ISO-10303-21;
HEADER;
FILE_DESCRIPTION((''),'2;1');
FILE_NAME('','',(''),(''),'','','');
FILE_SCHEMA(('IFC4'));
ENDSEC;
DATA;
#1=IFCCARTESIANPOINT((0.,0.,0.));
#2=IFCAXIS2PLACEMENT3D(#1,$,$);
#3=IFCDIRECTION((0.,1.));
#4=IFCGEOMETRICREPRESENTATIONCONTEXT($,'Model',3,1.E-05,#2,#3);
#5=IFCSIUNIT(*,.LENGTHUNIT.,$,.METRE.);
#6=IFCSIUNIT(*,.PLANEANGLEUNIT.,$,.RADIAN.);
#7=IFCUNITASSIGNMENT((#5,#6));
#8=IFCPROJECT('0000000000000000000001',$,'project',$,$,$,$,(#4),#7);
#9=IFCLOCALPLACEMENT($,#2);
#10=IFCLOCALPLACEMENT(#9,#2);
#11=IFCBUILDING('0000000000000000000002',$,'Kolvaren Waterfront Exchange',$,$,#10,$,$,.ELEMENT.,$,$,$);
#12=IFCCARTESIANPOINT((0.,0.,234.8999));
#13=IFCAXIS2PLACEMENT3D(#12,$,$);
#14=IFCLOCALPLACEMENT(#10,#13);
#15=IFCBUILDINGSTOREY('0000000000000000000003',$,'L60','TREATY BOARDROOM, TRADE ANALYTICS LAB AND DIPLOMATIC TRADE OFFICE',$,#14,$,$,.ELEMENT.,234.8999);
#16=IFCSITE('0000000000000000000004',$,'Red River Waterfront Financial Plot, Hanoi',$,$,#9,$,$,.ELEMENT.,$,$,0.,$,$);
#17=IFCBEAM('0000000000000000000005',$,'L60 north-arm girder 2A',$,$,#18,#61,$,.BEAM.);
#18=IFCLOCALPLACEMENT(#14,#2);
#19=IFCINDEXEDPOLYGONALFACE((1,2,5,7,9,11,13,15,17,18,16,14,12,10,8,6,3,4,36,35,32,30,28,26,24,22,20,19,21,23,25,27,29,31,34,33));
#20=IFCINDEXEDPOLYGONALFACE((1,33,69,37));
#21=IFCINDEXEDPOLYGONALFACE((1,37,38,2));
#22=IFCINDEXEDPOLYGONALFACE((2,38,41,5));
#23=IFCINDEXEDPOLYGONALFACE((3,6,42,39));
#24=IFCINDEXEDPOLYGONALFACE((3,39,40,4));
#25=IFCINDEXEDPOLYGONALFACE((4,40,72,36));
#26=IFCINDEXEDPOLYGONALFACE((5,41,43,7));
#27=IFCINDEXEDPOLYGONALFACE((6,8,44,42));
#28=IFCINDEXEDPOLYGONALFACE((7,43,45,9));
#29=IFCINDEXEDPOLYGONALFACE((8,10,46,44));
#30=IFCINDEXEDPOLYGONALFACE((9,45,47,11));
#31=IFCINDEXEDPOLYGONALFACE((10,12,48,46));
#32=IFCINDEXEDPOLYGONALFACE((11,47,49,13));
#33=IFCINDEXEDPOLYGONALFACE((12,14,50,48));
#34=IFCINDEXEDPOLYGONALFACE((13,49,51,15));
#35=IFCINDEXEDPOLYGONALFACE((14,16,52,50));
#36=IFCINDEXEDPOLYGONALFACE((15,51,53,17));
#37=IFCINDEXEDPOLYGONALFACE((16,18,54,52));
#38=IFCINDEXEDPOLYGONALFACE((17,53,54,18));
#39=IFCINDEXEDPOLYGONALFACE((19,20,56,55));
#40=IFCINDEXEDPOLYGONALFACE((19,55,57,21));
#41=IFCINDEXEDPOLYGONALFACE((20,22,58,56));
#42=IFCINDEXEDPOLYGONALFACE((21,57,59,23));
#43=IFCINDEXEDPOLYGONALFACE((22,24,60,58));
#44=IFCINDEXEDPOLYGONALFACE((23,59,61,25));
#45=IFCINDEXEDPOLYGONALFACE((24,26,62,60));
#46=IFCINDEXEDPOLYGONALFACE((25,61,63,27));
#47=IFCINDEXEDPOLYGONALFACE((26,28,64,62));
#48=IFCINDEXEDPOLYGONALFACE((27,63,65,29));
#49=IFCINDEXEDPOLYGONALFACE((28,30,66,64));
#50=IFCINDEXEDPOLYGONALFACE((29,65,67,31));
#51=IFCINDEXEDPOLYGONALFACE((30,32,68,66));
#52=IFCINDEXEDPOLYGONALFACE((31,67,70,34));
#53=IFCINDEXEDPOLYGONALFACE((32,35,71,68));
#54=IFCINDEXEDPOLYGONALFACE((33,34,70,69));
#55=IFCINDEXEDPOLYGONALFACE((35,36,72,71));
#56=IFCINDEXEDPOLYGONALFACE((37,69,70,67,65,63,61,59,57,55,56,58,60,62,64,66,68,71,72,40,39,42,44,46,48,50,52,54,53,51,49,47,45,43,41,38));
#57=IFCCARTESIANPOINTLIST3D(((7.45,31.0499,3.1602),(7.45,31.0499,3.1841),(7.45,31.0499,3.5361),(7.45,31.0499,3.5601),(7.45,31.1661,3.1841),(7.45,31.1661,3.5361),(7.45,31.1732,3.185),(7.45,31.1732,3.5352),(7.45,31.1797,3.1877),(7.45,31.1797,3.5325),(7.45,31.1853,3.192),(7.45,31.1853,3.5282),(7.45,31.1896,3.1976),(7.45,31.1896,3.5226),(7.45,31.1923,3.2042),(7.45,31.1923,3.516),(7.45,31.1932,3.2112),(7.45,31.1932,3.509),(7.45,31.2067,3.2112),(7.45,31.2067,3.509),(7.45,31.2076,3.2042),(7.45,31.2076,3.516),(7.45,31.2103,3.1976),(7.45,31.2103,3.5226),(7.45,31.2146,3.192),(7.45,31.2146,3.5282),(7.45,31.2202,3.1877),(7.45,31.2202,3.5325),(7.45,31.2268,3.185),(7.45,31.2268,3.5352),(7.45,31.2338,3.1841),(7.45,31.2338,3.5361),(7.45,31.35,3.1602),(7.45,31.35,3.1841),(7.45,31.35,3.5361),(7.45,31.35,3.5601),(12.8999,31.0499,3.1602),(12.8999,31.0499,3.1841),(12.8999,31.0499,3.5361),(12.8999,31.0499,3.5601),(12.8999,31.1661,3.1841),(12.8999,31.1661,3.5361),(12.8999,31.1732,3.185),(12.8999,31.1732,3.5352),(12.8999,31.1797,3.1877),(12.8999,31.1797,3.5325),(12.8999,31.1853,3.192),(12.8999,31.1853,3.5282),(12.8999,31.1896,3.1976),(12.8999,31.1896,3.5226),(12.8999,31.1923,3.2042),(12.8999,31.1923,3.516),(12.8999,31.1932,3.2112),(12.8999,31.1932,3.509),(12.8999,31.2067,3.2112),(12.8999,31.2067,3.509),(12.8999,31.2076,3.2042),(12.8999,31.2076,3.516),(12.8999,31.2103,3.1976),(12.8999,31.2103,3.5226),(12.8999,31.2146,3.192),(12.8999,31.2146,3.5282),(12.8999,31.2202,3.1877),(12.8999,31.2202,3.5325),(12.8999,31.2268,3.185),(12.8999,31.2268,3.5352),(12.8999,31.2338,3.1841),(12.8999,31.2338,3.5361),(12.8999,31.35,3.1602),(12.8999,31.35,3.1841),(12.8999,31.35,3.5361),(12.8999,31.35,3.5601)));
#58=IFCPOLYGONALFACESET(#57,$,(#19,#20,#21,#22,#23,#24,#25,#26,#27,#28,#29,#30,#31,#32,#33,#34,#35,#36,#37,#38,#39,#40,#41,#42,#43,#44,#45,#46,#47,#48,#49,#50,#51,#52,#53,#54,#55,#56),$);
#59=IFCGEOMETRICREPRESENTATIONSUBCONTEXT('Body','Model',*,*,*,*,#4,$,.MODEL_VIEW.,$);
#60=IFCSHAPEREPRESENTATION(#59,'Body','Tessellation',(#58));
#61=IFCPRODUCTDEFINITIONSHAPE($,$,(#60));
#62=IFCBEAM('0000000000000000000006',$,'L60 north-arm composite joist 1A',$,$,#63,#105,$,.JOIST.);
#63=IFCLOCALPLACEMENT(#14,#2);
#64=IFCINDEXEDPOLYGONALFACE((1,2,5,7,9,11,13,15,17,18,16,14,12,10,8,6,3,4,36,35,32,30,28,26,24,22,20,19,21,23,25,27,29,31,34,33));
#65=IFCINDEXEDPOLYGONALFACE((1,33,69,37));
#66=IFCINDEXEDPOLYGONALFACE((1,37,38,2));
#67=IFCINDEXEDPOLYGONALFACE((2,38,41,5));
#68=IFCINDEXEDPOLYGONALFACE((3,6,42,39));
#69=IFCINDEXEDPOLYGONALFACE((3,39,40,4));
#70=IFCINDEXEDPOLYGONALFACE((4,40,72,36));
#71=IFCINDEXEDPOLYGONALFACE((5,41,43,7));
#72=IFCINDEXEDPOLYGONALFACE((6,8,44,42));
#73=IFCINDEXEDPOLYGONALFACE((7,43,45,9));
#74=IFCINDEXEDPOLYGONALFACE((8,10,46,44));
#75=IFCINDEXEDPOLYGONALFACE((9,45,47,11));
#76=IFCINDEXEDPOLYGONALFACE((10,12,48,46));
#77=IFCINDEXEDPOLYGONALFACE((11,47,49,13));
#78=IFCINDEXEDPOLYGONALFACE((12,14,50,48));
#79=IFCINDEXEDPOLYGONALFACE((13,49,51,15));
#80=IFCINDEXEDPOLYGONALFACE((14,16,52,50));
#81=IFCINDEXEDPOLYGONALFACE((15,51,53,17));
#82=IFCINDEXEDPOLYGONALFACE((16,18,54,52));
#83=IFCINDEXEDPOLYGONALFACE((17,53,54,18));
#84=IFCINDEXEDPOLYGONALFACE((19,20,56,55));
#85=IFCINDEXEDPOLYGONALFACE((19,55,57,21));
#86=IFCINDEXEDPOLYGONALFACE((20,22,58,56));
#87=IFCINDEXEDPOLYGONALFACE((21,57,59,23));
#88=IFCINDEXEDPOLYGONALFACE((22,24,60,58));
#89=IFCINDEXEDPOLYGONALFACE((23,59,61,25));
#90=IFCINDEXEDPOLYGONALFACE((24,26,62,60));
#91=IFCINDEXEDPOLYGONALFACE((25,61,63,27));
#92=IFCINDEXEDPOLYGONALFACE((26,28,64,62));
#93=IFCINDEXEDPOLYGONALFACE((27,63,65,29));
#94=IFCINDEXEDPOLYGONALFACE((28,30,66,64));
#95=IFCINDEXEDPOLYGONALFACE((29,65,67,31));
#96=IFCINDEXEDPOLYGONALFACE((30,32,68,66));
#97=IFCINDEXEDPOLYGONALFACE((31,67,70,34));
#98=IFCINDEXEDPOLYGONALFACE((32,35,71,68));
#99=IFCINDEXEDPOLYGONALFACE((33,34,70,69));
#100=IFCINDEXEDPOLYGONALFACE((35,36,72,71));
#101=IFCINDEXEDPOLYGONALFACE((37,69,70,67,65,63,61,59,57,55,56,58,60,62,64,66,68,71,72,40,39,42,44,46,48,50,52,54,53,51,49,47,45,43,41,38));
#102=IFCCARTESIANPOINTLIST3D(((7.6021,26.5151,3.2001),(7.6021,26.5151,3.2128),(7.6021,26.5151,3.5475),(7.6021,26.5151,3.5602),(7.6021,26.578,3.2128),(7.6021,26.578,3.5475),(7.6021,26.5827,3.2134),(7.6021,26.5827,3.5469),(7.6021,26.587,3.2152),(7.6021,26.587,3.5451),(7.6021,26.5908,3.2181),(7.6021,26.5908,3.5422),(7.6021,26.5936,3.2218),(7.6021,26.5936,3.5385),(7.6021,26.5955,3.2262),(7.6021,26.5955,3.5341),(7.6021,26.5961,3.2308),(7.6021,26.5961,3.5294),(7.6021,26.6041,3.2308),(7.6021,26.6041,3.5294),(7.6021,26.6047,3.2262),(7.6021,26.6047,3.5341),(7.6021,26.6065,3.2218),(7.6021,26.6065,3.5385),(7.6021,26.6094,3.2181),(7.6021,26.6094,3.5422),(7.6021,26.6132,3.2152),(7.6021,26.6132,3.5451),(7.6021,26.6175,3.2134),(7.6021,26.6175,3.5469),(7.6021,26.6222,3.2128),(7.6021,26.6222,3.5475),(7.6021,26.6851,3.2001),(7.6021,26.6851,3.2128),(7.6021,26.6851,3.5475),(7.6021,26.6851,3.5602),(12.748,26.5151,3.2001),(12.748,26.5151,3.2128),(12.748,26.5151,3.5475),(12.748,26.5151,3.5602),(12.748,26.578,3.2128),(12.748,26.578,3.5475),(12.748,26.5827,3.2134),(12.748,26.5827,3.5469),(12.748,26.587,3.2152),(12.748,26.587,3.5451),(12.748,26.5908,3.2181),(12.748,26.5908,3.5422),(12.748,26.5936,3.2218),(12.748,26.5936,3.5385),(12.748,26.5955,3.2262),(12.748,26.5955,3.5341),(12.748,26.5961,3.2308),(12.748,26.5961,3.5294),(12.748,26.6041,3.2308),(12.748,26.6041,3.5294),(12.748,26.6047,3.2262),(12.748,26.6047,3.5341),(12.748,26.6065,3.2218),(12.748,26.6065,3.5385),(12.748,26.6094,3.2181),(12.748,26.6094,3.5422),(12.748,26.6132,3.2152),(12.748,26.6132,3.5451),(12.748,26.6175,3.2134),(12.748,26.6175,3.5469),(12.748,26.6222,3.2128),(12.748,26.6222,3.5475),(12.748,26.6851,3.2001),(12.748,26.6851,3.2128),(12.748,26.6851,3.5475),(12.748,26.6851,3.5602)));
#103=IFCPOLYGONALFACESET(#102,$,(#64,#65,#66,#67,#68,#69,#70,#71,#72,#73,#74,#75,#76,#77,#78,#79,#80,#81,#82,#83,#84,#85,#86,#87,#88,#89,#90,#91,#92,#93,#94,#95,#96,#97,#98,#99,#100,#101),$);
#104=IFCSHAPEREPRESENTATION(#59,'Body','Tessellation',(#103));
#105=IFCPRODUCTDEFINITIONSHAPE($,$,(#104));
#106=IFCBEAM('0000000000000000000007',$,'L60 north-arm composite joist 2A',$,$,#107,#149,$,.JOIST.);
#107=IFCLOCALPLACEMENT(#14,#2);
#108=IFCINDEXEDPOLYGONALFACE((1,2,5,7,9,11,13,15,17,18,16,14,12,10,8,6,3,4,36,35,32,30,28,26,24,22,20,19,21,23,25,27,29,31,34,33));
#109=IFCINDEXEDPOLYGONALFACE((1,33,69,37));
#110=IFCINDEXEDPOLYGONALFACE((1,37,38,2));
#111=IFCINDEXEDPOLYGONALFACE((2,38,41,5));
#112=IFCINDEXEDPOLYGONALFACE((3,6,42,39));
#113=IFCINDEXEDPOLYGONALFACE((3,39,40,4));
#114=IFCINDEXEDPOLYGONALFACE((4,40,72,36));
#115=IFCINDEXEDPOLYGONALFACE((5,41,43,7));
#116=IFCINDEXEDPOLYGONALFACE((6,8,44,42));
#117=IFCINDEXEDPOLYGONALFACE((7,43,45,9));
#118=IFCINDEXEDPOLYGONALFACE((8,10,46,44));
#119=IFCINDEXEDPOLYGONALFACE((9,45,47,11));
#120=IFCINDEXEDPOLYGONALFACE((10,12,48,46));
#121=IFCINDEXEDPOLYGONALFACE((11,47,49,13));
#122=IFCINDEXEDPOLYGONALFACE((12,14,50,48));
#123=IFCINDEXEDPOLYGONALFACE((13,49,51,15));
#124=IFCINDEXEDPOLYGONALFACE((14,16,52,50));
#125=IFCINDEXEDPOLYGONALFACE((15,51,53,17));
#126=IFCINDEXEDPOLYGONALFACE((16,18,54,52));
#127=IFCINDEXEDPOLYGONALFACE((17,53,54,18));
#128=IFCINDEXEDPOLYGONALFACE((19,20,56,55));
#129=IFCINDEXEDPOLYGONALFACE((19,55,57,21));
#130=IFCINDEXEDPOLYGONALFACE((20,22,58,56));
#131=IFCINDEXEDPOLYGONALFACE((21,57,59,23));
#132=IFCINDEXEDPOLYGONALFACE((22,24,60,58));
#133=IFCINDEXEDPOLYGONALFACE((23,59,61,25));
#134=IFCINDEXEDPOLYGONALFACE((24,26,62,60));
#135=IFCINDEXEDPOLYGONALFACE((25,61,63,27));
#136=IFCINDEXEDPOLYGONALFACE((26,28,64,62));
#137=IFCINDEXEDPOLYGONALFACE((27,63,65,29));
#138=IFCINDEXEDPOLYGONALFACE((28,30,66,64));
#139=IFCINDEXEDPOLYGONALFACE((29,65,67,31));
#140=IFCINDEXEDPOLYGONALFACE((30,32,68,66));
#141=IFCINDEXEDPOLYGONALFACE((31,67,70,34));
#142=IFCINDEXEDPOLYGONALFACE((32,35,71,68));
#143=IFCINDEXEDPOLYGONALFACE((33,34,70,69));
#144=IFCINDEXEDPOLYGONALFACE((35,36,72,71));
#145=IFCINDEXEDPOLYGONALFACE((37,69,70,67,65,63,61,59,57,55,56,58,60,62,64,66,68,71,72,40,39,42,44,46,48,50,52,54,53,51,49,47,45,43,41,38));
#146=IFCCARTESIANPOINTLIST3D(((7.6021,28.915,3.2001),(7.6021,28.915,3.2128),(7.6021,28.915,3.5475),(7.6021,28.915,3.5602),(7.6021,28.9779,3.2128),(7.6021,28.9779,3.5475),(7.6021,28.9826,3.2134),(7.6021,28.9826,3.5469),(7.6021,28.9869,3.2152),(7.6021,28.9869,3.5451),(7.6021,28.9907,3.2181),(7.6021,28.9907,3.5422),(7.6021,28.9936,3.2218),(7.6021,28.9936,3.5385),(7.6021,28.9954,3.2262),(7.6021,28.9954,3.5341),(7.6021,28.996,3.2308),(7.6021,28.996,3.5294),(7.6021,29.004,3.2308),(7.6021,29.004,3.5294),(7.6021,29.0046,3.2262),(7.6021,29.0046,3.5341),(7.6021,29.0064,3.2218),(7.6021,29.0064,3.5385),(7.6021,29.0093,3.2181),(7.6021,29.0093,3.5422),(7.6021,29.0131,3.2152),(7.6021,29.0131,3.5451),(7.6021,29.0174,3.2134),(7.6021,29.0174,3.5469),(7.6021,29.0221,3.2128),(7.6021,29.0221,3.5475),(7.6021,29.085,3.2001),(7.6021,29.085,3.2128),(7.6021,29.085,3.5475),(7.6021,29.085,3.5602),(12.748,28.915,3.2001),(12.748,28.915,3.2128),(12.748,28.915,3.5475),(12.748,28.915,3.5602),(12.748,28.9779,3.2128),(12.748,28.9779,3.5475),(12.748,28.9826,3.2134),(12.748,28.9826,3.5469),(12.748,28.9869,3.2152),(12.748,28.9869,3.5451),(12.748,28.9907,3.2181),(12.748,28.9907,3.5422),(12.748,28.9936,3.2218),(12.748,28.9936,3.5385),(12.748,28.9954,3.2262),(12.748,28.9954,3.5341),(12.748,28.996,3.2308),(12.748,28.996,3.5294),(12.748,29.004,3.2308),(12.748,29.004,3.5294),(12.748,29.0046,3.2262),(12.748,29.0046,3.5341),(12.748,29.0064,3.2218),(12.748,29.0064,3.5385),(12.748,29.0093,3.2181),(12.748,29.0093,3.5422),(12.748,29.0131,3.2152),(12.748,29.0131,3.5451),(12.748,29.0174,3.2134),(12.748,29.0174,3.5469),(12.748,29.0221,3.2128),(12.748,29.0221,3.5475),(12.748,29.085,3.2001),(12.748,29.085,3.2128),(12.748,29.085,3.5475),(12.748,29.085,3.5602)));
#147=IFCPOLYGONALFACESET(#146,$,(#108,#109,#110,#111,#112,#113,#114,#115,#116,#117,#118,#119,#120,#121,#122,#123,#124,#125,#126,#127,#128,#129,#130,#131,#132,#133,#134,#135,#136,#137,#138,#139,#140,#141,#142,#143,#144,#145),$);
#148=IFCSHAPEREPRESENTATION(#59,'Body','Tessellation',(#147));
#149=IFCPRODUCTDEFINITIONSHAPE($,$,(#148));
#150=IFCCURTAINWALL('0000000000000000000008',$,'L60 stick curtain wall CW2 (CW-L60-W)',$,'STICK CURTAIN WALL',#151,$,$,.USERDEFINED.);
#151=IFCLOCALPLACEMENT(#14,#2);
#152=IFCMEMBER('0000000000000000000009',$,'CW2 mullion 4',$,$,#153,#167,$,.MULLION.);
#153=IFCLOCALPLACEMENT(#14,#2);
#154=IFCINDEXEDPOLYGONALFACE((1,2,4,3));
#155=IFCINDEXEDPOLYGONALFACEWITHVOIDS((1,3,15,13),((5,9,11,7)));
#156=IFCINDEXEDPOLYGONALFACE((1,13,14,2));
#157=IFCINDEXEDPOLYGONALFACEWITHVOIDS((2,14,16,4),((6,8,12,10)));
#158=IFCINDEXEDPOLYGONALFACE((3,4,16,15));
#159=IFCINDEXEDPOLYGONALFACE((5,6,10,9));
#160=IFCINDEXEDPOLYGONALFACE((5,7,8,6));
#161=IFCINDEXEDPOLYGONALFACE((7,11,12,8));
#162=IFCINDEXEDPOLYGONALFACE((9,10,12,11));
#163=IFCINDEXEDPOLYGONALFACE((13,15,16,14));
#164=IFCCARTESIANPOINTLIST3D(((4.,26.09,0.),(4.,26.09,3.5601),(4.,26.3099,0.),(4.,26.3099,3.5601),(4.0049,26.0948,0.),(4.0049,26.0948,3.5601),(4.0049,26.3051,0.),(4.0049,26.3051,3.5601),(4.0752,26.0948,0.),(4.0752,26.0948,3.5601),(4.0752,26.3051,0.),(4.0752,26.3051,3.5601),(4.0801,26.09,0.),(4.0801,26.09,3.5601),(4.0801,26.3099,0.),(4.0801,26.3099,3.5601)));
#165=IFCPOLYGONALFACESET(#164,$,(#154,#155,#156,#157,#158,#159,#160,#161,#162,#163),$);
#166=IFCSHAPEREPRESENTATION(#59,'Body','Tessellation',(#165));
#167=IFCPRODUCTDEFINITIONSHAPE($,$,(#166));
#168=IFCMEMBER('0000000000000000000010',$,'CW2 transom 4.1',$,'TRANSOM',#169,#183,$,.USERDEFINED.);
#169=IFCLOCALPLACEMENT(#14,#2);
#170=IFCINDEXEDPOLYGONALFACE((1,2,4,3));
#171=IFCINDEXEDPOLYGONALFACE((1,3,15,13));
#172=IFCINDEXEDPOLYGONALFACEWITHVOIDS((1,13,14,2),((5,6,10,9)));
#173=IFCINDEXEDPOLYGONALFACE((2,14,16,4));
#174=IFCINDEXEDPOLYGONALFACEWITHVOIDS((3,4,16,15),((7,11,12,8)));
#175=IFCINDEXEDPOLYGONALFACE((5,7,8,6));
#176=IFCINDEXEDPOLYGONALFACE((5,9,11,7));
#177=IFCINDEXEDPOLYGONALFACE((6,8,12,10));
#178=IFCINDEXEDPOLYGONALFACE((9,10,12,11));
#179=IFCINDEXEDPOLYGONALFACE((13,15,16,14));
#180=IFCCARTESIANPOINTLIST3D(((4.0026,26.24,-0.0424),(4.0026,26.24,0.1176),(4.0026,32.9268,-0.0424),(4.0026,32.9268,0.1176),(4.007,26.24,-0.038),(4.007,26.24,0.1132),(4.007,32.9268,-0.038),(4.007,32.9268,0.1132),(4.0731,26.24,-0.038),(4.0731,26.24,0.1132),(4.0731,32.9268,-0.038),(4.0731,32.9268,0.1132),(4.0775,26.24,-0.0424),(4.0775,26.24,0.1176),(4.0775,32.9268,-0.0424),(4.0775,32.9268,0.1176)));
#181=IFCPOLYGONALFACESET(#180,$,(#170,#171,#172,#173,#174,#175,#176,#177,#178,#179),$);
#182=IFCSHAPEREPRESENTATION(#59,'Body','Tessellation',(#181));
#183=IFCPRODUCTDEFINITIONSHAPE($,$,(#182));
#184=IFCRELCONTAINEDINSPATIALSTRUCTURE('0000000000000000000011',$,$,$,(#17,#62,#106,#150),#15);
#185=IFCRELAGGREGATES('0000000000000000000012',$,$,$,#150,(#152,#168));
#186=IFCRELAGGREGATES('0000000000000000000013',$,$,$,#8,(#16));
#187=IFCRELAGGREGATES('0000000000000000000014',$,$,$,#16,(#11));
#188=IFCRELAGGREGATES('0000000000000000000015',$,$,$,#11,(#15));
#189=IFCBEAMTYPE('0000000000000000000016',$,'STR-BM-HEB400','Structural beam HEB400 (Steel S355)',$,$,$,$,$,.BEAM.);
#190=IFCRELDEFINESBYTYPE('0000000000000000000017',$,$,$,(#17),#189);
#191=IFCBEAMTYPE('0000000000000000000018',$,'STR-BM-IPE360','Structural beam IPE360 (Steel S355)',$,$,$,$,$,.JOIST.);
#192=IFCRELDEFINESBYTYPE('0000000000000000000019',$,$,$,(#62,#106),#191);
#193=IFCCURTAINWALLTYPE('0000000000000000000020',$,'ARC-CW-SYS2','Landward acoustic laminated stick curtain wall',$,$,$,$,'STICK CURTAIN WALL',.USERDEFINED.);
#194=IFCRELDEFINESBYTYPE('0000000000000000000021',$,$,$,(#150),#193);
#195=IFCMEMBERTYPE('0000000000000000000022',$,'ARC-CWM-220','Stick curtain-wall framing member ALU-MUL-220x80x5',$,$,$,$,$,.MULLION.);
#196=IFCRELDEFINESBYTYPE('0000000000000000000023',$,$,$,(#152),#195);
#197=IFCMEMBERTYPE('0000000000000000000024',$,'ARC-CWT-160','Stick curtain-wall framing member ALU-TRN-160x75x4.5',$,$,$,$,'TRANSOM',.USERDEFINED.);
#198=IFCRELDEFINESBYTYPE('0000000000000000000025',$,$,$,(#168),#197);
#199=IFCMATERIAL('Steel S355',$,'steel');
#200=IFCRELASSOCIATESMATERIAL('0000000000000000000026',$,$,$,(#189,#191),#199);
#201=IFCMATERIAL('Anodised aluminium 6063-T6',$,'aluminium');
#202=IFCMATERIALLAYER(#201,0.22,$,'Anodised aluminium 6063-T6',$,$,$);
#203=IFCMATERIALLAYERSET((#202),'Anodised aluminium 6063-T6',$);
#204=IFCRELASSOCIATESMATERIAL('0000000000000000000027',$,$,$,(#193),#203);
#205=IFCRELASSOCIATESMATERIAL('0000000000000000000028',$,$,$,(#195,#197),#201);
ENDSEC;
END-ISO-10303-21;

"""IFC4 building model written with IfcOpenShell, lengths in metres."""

from ifc_helpers import new_model, si_unit, direction, frame, origin, origin_with_axes, origin_2d, place, context, subcontext, project, spatial, hollow_rectangle, i_section, extrude, source, transform, mapped, material, layer, layer_set, material_profile, profile_set, type_object, element, aggregate, save


model = new_model("IFC4")

# Units and contexts
model_context = context("Model", 3, precision=1e-05, world=origin(), true_north=direction((0.0, 1.0)))
body_context = subcontext(model_context, "Body", "Model", "MODEL_VIEW")
ifc_project = project(units=[si_unit("LENGTHUNIT", "METRE"), si_unit("PLANEANGLEUNIT", "RADIAN")], contexts=[model_context])

# Site, building, storey
site_placement = place(None, origin())
site = spatial("IfcSite", under=ifc_project, at=site_placement, Name="Red River Waterfront Financial Plot, Hanoi", CompositionType="ELEMENT", RefElevation=0.0)
building_placement = place(site_placement, origin())
building = spatial("IfcBuilding", under=site, at=building_placement, Name="Kolvaren Waterfront Exchange", CompositionType="ELEMENT")
storey_placement = place(building_placement, frame((0.0, 0.0, 234.8999)))
storey = spatial("IfcBuildingStorey", under=building, at=storey_placement, Name="L60", Description="TREATY BOARDROOM, TRADE ANALYTICS LAB AND DIPLOMATIC TRADE OFFICE", CompositionType="ELEMENT", Elevation=234.8999)

# Beams
ifc_material_1 = material(Name="Steel S355", Category="steel")
ifc_material_profile_1 = material_profile(ifc_material_1, i_section(OverallWidth=0.3, OverallDepth=0.3999, WebThickness=0.0134, FlangeThickness=0.0239, FilletRadius=0.0271, at=origin_2d()), Name="HEB400")
ifc_profile_set_1 = profile_set([ifc_material_profile_1], Name="Steel S355")
beam_type_1 = type_object("IfcBeamType", Name="STR-BM-HEB400", Description="Structural beam HEB400 (Steel S355)", PredefinedType="BEAM", material=ifc_profile_set_1)
for number, where, z_axis, x_axis, name in (
    (1, (7.45, 31.2, 3.3601), (1.0, 0.0, 0.0), (0.0, 1.0, 0.0), "L60 north-arm girder 2A"),
):
    element("IfcBeam", number, at=place(storey_placement, frame(where, z_axis=z_axis, x_axis=x_axis)), inside=storey, type_object=beam_type_1, Name=name, PredefinedType="BEAM", context=body_context, shape_type="SweptSolid", body=[
        extrude(i_section(OverallWidth=0.3, OverallDepth=0.3999, WebThickness=0.0134, FlangeThickness=0.0239, FilletRadius=0.0271, at=origin_2d()), origin(), (0.0, 0.0, 1.0), 5.45),
    ])
ifc_material_profile_2 = material_profile(ifc_material_1, i_section(OverallWidth=0.1699, OverallDepth=0.3601, WebThickness=0.0081, FlangeThickness=0.0127, FilletRadius=0.0181, at=origin_2d()), Name="IPE360")
ifc_profile_set_2 = profile_set([ifc_material_profile_2], Name="Steel S355")
beam_type_2 = type_object("IfcBeamType", Name="STR-BM-IPE360", Description="Structural beam IPE360 (Steel S355)", PredefinedType="JOIST", material=ifc_profile_set_2)
for number, where, z_axis, x_axis, name in (
    (2, (7.6021, 26.6001, 3.3801), (1.0, 0.0, 0.0), (0.0, 1.0, 0.0), "L60 north-arm composite joist 1A"),
    (3, (7.6021, 29.0, 3.3801), (1.0, 0.0, 0.0), (0.0, 1.0, 0.0), "L60 north-arm composite joist 2A"),
):
    element("IfcBeam", number, at=place(storey_placement, frame(where, z_axis=z_axis, x_axis=x_axis)), inside=storey, type_object=beam_type_2, Name=name, PredefinedType="JOIST", context=body_context, shape_type="SweptSolid", body=[
        extrude(i_section(OverallWidth=0.1699, OverallDepth=0.3601, WebThickness=0.0081, FlangeThickness=0.0127, FilletRadius=0.0181, at=origin_2d()), origin(), (0.0, 0.0, 1.0), 5.146),
    ])

# Curtain wall, members
ifc_material_2 = material(Name="Anodised aluminium 6063-T6", Category="aluminium")
ifc_layer_1 = layer(ifc_material_2, 0.22, Name="Anodised aluminium 6063-T6")
ifc_layer_set_1 = layer_set([ifc_layer_1], Name="Anodised aluminium 6063-T6")
curtain_wall_type = type_object("IfcCurtainWallType", Name="ARC-CW-SYS2", Description="Landward acoustic laminated stick curtain wall", ElementType="STICK CURTAIN WALL", PredefinedType="USERDEFINED", material=ifc_layer_set_1)
curtain_wall_placement = place(storey_placement, origin())
curtain_wall = element("IfcCurtainWall", 4, at=curtain_wall_placement, inside=storey, type_object=curtain_wall_type, Name="L60 stick curtain wall CW2 (CW-L60-W)", ObjectType="STICK CURTAIN WALL", PredefinedType="USERDEFINED")
ifc_material_profile_3 = material_profile(ifc_material_2, hollow_rectangle(XDim=0.0801, YDim=0.22, WallThickness=0.0049, at=origin_2d()), Name="ALU-MUL-220x80x5")
ifc_profile_set_3 = profile_set([ifc_material_profile_3], Name="Anodised aluminium 6063-T6")
member_type_1 = type_object("IfcMemberType", Name="ARC-CWM-220", Description="Stick curtain-wall framing member ALU-MUL-220x80x5", PredefinedType="MULLION", material=ifc_profile_set_3)
shared_shape_1 = source(origin_with_axes(), body_context, "Body", "SweptSolid", [
    extrude(hollow_rectangle(XDim=0.0801, YDim=0.22, WallThickness=0.0049, at=origin_2d()), origin(), (0.0, 0.0, 1.0), 3.5601),
])
member_1_placement = place(storey_placement, frame((4.04, 26.2, 0.0), z_axis=(0.0, 0.0, 1.0), x_axis=(-1.0, 0.0, 0.0)))
member_1 = element("IfcMember", 5, at=member_1_placement, type_object=member_type_1, Name="CW2 mullion 4", PredefinedType="MULLION", context=body_context, shape_type="MappedRepresentation", body=[
    mapped(shared_shape_1, transform((0.0, 0.0, 0.0), x_axis=(1.0, 0.0, 0.0), y_axis=(0.0, 1.0, 0.0), z_axis=(0.0, 0.0, 1.0), scale=1.0)),
])
ifc_material_profile_4 = material_profile(ifc_material_2, hollow_rectangle(XDim=0.075, YDim=0.1599, WallThickness=0.0044, at=origin_2d()), Name="ALU-TRN-160x75x4.5")
ifc_profile_set_4 = profile_set([ifc_material_profile_4], Name="Anodised aluminium 6063-T6")
member_type_2 = type_object("IfcMemberType", Name="ARC-CWT-160", Description="Stick curtain-wall framing member ALU-TRN-160x75x4.5", ElementType="TRANSOM", PredefinedType="USERDEFINED", material=ifc_profile_set_4)
shared_shape_2 = source(origin_with_axes(), body_context, "Body", "SweptSolid", [
    extrude(hollow_rectangle(XDim=0.075, YDim=0.1599, WallThickness=0.0044, at=origin_2d()), origin(), (0.0, 0.0, 1.0), 6.6868),
])
member_2_placement = place(storey_placement, frame((4.04, 26.24, 0.0376), z_axis=(0.0, 1.0, 0.0), x_axis=(-1.0, 0.0, 0.0)))
member_2 = element("IfcMember", 6, at=member_2_placement, type_object=member_type_2, Name="CW2 transom 4.1", ObjectType="TRANSOM", PredefinedType="USERDEFINED", context=body_context, shape_type="MappedRepresentation", body=[
    mapped(shared_shape_2, transform((0.0, 0.0, 0.0), x_axis=(1.0, 0.0, 0.0), y_axis=(0.0, 1.0, 0.0), z_axis=(0.0, 0.0, 1.0), scale=1.0)),
])
aggregate(curtain_wall, [member_1, member_2])

save(model, "model.ifc")
